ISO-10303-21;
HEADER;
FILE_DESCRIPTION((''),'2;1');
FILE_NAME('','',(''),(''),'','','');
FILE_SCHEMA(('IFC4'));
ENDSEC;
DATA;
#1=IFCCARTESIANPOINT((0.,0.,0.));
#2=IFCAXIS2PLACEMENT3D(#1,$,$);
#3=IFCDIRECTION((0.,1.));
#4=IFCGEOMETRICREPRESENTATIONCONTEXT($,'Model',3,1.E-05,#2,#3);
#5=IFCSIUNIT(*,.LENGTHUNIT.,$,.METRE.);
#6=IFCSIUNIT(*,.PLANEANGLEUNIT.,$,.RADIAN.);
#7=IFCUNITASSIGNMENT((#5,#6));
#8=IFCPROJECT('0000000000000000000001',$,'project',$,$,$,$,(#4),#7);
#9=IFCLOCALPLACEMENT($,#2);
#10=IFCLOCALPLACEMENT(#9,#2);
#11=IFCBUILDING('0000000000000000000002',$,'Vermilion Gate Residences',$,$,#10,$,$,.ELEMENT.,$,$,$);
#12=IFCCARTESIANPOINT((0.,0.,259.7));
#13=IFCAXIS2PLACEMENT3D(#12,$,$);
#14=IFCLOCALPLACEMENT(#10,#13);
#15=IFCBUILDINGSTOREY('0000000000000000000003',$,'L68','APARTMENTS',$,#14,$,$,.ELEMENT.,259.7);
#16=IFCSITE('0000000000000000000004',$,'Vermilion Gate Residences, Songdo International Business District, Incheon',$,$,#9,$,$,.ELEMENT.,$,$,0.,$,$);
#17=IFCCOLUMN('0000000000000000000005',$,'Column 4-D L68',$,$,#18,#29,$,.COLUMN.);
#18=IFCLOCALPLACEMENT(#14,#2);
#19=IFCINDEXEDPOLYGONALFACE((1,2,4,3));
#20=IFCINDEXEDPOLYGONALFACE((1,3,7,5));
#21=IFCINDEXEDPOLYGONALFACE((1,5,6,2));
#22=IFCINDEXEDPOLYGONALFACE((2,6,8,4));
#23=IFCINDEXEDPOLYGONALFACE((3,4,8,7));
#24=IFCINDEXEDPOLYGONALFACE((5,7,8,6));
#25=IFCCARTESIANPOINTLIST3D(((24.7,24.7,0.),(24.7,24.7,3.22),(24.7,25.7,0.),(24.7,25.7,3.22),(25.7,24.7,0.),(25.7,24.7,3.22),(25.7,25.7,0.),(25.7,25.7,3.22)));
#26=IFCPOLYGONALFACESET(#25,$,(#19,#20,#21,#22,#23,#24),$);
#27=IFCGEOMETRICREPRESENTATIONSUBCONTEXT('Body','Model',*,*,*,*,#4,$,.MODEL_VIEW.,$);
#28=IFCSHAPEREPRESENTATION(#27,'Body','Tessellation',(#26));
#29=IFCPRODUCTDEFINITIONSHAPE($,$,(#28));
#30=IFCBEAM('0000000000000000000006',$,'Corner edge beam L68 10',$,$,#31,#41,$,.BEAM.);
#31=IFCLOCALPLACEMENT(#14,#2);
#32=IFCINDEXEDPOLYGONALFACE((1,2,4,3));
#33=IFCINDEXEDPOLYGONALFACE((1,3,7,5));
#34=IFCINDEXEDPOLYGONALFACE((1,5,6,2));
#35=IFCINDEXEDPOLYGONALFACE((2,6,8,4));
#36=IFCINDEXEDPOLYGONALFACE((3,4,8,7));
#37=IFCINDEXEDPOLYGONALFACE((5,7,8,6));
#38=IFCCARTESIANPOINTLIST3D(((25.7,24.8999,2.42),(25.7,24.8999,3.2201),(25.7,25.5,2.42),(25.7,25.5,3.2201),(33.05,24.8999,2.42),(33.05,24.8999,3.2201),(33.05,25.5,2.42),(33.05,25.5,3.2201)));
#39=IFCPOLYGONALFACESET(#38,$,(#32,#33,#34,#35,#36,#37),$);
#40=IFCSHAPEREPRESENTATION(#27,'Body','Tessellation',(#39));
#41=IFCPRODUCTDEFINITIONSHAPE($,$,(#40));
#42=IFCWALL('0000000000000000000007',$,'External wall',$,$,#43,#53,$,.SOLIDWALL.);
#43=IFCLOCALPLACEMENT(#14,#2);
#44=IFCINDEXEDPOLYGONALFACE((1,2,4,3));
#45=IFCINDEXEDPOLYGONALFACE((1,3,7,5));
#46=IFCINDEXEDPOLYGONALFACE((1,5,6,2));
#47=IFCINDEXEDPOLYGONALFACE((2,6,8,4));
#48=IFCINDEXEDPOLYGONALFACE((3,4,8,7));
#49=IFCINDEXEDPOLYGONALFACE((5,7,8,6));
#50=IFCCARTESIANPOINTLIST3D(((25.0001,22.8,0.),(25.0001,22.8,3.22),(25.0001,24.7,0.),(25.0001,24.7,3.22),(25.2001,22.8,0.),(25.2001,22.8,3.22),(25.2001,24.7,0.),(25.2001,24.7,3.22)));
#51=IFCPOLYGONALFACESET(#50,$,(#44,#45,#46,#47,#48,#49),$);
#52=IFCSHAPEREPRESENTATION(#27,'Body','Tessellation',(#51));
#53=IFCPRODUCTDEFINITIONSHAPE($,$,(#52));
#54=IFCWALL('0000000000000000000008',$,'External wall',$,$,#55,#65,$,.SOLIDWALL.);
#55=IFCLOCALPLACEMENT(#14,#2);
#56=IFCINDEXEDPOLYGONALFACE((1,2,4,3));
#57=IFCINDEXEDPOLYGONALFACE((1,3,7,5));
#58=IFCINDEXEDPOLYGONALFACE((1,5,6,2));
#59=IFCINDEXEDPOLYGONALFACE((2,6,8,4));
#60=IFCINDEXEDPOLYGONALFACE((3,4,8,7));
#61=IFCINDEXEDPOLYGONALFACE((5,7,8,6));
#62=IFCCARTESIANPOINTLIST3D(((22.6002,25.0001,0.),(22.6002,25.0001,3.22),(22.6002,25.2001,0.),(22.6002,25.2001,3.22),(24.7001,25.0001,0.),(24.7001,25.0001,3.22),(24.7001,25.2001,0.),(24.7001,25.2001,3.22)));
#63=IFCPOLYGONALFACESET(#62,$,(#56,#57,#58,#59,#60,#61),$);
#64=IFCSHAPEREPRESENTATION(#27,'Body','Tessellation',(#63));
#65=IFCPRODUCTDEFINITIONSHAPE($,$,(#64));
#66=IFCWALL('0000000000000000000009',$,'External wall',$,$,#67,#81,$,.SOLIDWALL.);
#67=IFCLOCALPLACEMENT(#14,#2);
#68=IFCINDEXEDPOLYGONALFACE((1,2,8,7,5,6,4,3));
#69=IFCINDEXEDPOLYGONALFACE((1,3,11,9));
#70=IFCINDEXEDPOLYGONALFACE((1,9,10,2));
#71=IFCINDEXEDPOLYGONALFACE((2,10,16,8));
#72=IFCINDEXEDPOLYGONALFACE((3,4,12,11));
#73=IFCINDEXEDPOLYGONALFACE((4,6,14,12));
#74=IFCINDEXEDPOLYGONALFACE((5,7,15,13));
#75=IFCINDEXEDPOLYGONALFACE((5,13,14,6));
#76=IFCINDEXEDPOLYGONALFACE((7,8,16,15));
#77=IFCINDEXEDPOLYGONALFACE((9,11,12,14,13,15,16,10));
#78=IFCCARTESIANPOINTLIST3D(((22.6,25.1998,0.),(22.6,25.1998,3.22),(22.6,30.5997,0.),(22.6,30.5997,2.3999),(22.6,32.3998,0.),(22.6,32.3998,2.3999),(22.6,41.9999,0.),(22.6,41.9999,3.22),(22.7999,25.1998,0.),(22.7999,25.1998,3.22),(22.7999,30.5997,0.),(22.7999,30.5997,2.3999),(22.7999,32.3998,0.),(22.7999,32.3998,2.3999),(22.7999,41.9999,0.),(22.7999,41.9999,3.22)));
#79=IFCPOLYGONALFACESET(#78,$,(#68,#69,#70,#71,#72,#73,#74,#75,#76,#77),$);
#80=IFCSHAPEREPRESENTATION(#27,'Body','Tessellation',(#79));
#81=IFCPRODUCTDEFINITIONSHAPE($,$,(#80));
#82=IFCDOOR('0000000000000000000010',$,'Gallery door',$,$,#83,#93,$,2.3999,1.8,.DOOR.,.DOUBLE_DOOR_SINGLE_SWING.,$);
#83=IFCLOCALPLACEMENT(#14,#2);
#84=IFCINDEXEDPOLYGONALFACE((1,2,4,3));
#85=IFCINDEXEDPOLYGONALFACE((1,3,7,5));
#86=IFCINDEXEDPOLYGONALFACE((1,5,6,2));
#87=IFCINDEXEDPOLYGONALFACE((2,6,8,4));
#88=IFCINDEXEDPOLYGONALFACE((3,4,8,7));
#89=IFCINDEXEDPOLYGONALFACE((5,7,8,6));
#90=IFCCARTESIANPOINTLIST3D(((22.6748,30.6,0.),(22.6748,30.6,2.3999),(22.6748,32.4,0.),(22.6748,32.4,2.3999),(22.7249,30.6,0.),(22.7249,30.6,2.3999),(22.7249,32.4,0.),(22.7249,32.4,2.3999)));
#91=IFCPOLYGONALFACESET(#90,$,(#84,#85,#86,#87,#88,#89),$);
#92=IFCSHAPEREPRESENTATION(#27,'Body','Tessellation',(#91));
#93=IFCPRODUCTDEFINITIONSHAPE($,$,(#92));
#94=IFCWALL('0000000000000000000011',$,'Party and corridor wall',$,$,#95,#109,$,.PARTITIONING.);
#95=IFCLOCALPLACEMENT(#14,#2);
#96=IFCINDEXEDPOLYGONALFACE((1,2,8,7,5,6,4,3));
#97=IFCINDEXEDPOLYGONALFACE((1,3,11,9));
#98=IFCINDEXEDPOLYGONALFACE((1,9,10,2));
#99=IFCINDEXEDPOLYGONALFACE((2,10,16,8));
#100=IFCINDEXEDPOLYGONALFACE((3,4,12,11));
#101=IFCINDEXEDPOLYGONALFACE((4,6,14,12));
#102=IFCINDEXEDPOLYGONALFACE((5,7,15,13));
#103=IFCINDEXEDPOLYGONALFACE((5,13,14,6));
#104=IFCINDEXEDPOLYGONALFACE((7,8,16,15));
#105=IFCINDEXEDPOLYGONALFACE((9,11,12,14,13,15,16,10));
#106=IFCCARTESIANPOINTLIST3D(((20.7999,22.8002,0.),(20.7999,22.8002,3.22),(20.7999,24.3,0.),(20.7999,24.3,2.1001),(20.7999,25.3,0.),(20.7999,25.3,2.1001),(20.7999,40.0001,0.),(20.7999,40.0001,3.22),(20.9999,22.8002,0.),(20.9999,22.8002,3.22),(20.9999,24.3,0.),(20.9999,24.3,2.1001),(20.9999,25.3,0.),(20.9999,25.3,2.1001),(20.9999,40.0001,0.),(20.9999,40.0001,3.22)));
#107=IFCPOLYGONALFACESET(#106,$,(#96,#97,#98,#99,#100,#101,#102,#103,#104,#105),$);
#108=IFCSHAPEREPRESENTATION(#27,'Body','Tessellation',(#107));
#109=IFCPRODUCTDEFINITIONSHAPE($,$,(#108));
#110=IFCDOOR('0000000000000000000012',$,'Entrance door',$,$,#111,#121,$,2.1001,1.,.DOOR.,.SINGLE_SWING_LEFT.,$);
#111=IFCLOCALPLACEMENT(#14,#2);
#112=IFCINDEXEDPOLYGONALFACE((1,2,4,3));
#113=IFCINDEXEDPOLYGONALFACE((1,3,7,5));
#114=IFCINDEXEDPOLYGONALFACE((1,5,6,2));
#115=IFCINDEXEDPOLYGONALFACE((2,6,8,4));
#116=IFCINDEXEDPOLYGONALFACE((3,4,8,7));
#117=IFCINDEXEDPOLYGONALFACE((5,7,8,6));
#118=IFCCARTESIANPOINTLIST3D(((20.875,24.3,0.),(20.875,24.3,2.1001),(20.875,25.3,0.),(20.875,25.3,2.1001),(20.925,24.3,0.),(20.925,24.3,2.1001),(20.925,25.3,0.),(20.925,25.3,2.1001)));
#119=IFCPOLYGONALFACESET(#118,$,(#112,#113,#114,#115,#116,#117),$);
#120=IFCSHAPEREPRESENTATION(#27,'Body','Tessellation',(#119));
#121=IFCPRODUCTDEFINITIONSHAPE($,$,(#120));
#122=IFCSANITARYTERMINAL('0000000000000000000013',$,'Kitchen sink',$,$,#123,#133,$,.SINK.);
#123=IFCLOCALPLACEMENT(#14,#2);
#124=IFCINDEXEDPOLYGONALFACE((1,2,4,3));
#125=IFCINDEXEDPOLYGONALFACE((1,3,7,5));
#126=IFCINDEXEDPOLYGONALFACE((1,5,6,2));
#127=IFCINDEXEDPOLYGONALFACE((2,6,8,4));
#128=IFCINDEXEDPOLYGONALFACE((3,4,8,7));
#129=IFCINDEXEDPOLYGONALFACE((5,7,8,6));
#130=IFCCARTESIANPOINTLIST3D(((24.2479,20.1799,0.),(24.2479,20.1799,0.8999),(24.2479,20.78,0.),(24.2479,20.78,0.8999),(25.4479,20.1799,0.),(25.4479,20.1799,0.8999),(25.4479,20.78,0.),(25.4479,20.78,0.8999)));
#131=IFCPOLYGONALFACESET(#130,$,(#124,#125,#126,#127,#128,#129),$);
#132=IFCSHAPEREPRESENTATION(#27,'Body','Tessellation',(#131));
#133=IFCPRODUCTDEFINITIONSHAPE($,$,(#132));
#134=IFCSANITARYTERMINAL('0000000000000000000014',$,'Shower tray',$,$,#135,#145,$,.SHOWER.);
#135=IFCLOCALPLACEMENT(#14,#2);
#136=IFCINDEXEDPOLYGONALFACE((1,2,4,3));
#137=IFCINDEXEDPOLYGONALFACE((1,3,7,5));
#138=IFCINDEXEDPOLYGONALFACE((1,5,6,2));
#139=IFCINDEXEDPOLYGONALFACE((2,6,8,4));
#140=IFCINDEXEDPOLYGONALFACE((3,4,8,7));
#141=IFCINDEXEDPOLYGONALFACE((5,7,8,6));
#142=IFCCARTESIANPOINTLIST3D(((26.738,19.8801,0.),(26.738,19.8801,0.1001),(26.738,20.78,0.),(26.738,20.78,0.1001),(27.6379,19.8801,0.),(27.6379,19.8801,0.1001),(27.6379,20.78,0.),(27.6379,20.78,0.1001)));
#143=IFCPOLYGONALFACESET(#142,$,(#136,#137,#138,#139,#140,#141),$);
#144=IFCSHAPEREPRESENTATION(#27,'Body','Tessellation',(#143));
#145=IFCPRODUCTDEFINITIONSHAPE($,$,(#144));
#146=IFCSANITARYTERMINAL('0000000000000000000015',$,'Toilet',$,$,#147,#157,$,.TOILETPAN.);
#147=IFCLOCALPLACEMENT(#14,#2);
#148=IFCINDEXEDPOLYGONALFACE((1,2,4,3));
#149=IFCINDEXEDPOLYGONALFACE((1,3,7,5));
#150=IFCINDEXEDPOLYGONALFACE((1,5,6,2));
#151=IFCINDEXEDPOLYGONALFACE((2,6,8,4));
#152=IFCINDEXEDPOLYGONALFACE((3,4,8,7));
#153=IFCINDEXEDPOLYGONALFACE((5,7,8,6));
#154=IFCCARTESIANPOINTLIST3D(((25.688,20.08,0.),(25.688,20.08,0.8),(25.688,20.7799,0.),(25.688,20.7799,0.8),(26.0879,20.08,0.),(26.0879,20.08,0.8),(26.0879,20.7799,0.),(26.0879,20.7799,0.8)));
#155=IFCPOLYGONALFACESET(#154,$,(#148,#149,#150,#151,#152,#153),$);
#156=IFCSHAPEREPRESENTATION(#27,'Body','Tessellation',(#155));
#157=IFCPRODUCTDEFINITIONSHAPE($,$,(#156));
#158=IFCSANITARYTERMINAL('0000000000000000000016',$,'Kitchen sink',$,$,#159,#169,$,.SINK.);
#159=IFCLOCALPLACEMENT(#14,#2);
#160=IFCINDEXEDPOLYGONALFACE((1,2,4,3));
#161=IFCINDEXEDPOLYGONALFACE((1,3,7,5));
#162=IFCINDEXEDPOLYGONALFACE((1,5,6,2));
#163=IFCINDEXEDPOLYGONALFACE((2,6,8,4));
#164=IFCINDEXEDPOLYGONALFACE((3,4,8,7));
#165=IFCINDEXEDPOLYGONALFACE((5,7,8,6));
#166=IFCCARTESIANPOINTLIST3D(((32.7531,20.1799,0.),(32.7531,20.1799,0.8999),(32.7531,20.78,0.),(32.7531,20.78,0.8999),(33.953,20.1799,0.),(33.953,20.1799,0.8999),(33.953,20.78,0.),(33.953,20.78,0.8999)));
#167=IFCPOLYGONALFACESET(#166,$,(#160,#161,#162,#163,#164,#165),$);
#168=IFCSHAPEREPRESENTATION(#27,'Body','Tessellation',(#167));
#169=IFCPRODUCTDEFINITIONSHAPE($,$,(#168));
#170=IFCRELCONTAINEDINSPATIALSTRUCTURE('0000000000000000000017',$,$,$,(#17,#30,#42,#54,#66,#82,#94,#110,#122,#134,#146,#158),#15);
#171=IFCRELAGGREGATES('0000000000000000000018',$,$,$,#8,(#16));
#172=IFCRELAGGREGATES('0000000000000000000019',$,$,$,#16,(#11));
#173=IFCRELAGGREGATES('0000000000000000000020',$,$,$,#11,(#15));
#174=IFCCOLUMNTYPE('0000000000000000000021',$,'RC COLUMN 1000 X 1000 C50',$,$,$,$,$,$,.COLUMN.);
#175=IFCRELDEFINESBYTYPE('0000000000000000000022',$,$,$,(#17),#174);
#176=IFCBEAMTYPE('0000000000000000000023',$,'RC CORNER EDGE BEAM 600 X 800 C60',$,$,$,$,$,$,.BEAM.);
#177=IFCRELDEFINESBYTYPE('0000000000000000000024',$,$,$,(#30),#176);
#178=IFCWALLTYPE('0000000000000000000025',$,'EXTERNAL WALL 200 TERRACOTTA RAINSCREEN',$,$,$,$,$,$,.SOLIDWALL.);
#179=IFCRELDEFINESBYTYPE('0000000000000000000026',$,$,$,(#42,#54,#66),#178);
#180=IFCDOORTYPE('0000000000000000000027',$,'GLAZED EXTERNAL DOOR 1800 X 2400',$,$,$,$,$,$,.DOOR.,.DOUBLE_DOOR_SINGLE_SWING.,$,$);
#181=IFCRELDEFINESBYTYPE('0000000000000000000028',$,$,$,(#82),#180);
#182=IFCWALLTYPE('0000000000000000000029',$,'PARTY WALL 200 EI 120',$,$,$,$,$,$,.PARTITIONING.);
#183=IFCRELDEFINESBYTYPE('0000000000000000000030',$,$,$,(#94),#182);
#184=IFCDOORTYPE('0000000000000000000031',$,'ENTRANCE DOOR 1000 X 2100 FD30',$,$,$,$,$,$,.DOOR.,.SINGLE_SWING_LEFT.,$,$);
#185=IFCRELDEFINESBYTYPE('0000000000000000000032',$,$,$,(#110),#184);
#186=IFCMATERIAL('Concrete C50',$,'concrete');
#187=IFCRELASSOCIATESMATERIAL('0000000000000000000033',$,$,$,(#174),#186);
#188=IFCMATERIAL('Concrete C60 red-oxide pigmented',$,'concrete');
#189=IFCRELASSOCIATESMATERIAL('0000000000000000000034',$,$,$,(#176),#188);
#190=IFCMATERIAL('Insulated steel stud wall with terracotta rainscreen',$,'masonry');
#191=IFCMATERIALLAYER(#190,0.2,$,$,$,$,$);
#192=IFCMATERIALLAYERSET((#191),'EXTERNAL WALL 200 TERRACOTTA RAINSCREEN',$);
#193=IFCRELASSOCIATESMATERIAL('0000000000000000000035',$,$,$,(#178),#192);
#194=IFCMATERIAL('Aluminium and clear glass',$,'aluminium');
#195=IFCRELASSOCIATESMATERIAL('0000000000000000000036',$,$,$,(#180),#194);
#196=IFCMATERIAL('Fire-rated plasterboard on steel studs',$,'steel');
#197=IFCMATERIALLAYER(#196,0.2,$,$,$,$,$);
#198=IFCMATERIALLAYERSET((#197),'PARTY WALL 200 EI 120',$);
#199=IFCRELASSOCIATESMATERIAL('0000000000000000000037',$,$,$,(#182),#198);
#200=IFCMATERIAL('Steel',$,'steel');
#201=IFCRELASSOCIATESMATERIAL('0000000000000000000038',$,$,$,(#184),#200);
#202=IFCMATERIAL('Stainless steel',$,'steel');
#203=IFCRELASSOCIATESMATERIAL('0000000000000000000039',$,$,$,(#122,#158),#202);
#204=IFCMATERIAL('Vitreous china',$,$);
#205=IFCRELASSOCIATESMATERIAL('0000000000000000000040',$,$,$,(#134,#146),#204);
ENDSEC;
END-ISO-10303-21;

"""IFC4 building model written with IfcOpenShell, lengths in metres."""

from ifc_helpers import new_model, si_unit, direction, frame, frame_2d, origin, origin_2d, place, context, subcontext, project, spatial, rectangle, extrude, material, layer, layer_set, material_profile, profile_set, type_object, element, fill, save


model = new_model("IFC4")

# Units and contexts
model_context = context("Model", 3, precision=1e-05, world=origin(), true_north=direction((0.0, 1.0)))
body_context = subcontext(model_context, "Body", "Model", "MODEL_VIEW")
ifc_project = project(units=[si_unit("LENGTHUNIT", "METRE"), si_unit("PLANEANGLEUNIT", "RADIAN")], contexts=[model_context])

# Site, building, storey
site_placement = place(None, origin())
site = spatial("IfcSite", under=ifc_project, at=site_placement, Name="Vermilion Gate Residences, Songdo International Business District, Incheon", CompositionType="ELEMENT", RefElevation=0.0)
building_placement = place(site_placement, origin())
building = spatial("IfcBuilding", under=site, at=building_placement, Name="Vermilion Gate Residences", CompositionType="ELEMENT")
storey_placement = place(building_placement, frame((0.0, 0.0, 259.7)))
storey = spatial("IfcBuildingStorey", under=building, at=storey_placement, Name="L68", Description="APARTMENTS", CompositionType="ELEMENT", Elevation=259.7)

# Column
ifc_material_1 = material(Name="Concrete C50", Category="concrete")
ifc_material_profile_1 = material_profile(ifc_material_1, rectangle(XDim=1.0, YDim=1.0, at=origin_2d()), Name="RC-1000x1000")
ifc_profile_set_1 = profile_set([ifc_material_profile_1], Name="Concrete C50")
column_type = type_object("IfcColumnType", Name="RC COLUMN 1000 X 1000 C50", PredefinedType="COLUMN", material=ifc_profile_set_1)
column_placement = place(storey_placement, frame((25.2, 25.2, 0.0), z_axis=(0.0, 0.0, 1.0), x_axis=(1.0, 0.0, 0.0)))
element("IfcColumn", 1, at=column_placement, inside=storey, type_object=column_type, Name="Column 4-D L68", PredefinedType="COLUMN", context=body_context, shape_type="SweptSolid", body=[
    extrude(rectangle(XDim=1.0, YDim=1.0, at=origin_2d()), origin(), (0.0, 0.0, 1.0), 3.22),
])

# Beam
ifc_material_2 = material(Name="Concrete C60 red-oxide pigmented", Category="concrete")
ifc_material_profile_2 = material_profile(ifc_material_2, rectangle(XDim=0.6001, YDim=0.8, at=origin_2d()), Name="RC-600x800")
ifc_profile_set_2 = profile_set([ifc_material_profile_2], Name="Concrete C60 red-oxide pigmented")
beam_type = type_object("IfcBeamType", Name="RC CORNER EDGE BEAM 600 X 800 C60", PredefinedType="BEAM", material=ifc_profile_set_2)
beam_placement = place(storey_placement, frame((25.7, 25.2, 2.8201), z_axis=(1.0, 0.0, 0.0), x_axis=(0.0, 1.0, 0.0)))
element("IfcBeam", 2, at=beam_placement, inside=storey, type_object=beam_type, Name="Corner edge beam L68 10", PredefinedType="BEAM", context=body_context, shape_type="SweptSolid", body=[
    extrude(rectangle(XDim=0.6001, YDim=0.8, at=origin_2d()), origin(), (0.0, 0.0, 1.0), 7.3501),
])

# Walls
ifc_material_3 = material(Name="Insulated steel stud wall with terracotta rainscreen", Category="masonry")
ifc_layer_1 = layer(ifc_material_3, 0.2)
ifc_layer_set_1 = layer_set([ifc_layer_1], Name="EXTERNAL WALL 200 TERRACOTTA RAINSCREEN")
wall_type_1 = type_object("IfcWallType", Name="EXTERNAL WALL 200 TERRACOTTA RAINSCREEN", PredefinedType="SOLIDWALL", material=ifc_layer_set_1)
wall_1_placement = place(storey_placement, frame((25.1001, 22.8, 0.0), z_axis=(0.0, 0.0, 1.0), x_axis=(0.0, 1.0, 0.0)))
element("IfcWall", 3, at=wall_1_placement, inside=storey, type_object=wall_type_1, Name="External wall", PredefinedType="SOLIDWALL", context=body_context, shape_type="SweptSolid", body=[
    extrude(rectangle(XDim=1.8999, YDim=0.2, at=frame_2d((0.95, 0.0))), origin(), (0.0, 0.0, 1.0), 3.22),
])
wall_2_placement = place(storey_placement, frame((24.7, 25.1001, 0.0), z_axis=(0.0, 0.0, 1.0), x_axis=(-1.0, 0.0, 0.0)))
element("IfcWall", 4, at=wall_2_placement, inside=storey, type_object=wall_type_1, Name="External wall", PredefinedType="SOLIDWALL", context=body_context, shape_type="SweptSolid", body=[
    extrude(rectangle(XDim=2.0999, YDim=0.2, at=frame_2d((1.0498, 0.0))), origin(), (0.0, 0.0, 1.0), 3.22),
])

# Walls, openings, doors
wall_3_placement = place(storey_placement, frame((22.7, 25.2, 0.0), z_axis=(0.0, 0.0, 1.0), x_axis=(0.0, 1.0, 0.0)))
wall_3 = element("IfcWall", 5, at=wall_3_placement, inside=storey, type_object=wall_type_1, Name="External wall", PredefinedType="SOLIDWALL", context=body_context, shape_type="SweptSolid", body=[
    extrude(rectangle(XDim=16.8, YDim=0.2, at=frame_2d((8.3999, 0.0))), origin(), (0.0, 0.0, 1.0), 3.22),
])
opening_1_placement = place(wall_3_placement, frame((5.3999, 0.0, 0.0)))
opening_1 = element("IfcOpeningElement", 6, at=opening_1_placement, cuts=wall_3, PredefinedType="OPENING", context=body_context, shape_type="SweptSolid", body=[
    extrude(rectangle(XDim=1.8, YDim=2.3999, at=frame_2d((0.8999, 1.2))), frame((0.0, 0.1099, 0.0), z_axis=(0.0, -1.0, 0.0), x_axis=(1.0, 0.0, 0.0)), (0.0, 0.0, 1.0), 0.22),
])
ifc_material_4 = material(Name="Aluminium and clear glass", Category="aluminium")
door_type_1 = type_object("IfcDoorType", Name="GLAZED EXTERNAL DOOR 1800 X 2400", OperationType="DOUBLE_DOOR_SINGLE_SWING", PredefinedType="DOOR", material=ifc_material_4)
door_1_placement = place(opening_1_placement, frame((1.8, 0.0, 0.0), z_axis=(0.0, 0.0, 1.0), x_axis=(-1.0, 0.0, 0.0)))
door_1 = element("IfcDoor", 7, at=door_1_placement, inside=storey, type_object=door_type_1, Name="Gallery door", OperationType="DOUBLE_DOOR_SINGLE_SWING", OverallHeight=2.3999, OverallWidth=1.8, PredefinedType="DOOR", context=body_context, shape_type="SweptSolid", body=[
    extrude(rectangle(XDim=1.8, YDim=2.3999, at=frame_2d((0.8999, 1.2))), frame((0.0, 0.0249, 0.0), z_axis=(0.0, -1.0, 0.0), x_axis=(1.0, 0.0, 0.0)), (0.0, 0.0, 1.0), 0.05),
])
fill(opening_1, door_1)
ifc_material_5 = material(Name="Fire-rated plasterboard on steel studs", Category="steel")
ifc_layer_2 = layer(ifc_material_5, 0.2)
ifc_layer_set_2 = layer_set([ifc_layer_2], Name="PARTY WALL 200 EI 120")
wall_type_2 = type_object("IfcWallType", Name="PARTY WALL 200 EI 120", PredefinedType="PARTITIONING", material=ifc_layer_set_2)
wall_4_placement = place(storey_placement, frame((20.8999, 22.8, 0.0), z_axis=(0.0, 0.0, 1.0), x_axis=(0.0, 1.0, 0.0)))
wall_4 = element("IfcWall", 8, at=wall_4_placement, inside=storey, type_object=wall_type_2, Name="Party and corridor wall", PredefinedType="PARTITIONING", context=body_context, shape_type="SweptSolid", body=[
    extrude(rectangle(XDim=17.2, YDim=0.2, at=frame_2d((8.6001, 0.0))), origin(), (0.0, 0.0, 1.0), 3.22),
])
opening_2_placement = place(wall_4_placement, frame((1.5, 0.0, 0.0)))
opening_2 = element("IfcOpeningElement", 9, at=opening_2_placement, cuts=wall_4, PredefinedType="OPENING", context=body_context, shape_type="SweptSolid", body=[
    extrude(rectangle(XDim=1.0, YDim=2.1001, at=frame_2d((0.5, 1.05))), frame((0.0, 0.1099, 0.0), z_axis=(0.0, -1.0, 0.0), x_axis=(1.0, 0.0, 0.0)), (0.0, 0.0, 1.0), 0.22),
])
ifc_material_6 = material(Name="Steel", Category="steel")
door_type_2 = type_object("IfcDoorType", Name="ENTRANCE DOOR 1000 X 2100 FD30", OperationType="SINGLE_SWING_LEFT", PredefinedType="DOOR", material=ifc_material_6)
door_2_placement = place(opening_2_placement, origin())
door_2 = element("IfcDoor", 10, at=door_2_placement, inside=storey, type_object=door_type_2, Name="Entrance door", OperationType="SINGLE_SWING_LEFT", OverallHeight=2.1001, OverallWidth=1.0, PredefinedType="DOOR", context=body_context, shape_type="SweptSolid", body=[
    extrude(rectangle(XDim=1.0, YDim=2.1001, at=frame_2d((0.5, 1.05))), frame((0.0, 0.0249, 0.0), z_axis=(0.0, -1.0, 0.0), x_axis=(1.0, 0.0, 0.0)), (0.0, 0.0, 1.0), 0.05),
])
fill(opening_2, door_2)

# Sanitary terminals
ifc_material_7 = material(Name="Stainless steel", Category="steel")
sanitary_terminal_1_placement = place(storey_placement, frame((24.8479, 20.48, 0.0), z_axis=(0.0, 0.0, 1.0), x_axis=(1.0, 0.0, 0.0)))
element("IfcSanitaryTerminal", 11, at=sanitary_terminal_1_placement, inside=storey, material=ifc_material_7, Name="Kitchen sink", PredefinedType="SINK", context=body_context, shape_type="SweptSolid", body=[
    extrude(rectangle(XDim=1.2, YDim=0.6001, at=origin_2d()), origin(), (0.0, 0.0, 1.0), 0.8999),
])
ifc_material_8 = material(Name="Vitreous china")
sanitary_terminal_2_placement = place(storey_placement, frame((27.188, 20.3301, 0.0), z_axis=(0.0, 0.0, 1.0), x_axis=(1.0, 0.0, 0.0)))
element("IfcSanitaryTerminal", 12, at=sanitary_terminal_2_placement, inside=storey, material=ifc_material_8, Name="Shower tray", PredefinedType="SHOWER", context=body_context, shape_type="SweptSolid", body=[
    extrude(rectangle(XDim=0.8999, YDim=0.8999, at=origin_2d()), origin(), (0.0, 0.0, 1.0), 0.1001),
])
sanitary_terminal_3_placement = place(storey_placement, frame((25.8879, 20.4299, 0.0), z_axis=(0.0, 0.0, 1.0), x_axis=(1.0, 0.0, 0.0)))
element("IfcSanitaryTerminal", 13, at=sanitary_terminal_3_placement, inside=storey, material=ifc_material_8, Name="Toilet", PredefinedType="TOILETPAN", context=body_context, shape_type="SweptSolid", body=[
    extrude(rectangle(XDim=0.3999, YDim=0.7, at=origin_2d()), origin(), (0.0, 0.0, 1.0), 0.8),
])
sanitary_terminal_4_placement = place(storey_placement, frame((33.353, 20.48, 0.0), z_axis=(0.0, 0.0, 1.0), x_axis=(1.0, 0.0, 0.0)))
element("IfcSanitaryTerminal", 14, at=sanitary_terminal_4_placement, inside=storey, material=ifc_material_7, Name="Kitchen sink", PredefinedType="SINK", context=body_context, shape_type="SweptSolid", body=[
    extrude(rectangle(XDim=1.2, YDim=0.6001, at=origin_2d()), origin(), (0.0, 0.0, 1.0), 0.8999),
])

save(model, "model.ifc")
